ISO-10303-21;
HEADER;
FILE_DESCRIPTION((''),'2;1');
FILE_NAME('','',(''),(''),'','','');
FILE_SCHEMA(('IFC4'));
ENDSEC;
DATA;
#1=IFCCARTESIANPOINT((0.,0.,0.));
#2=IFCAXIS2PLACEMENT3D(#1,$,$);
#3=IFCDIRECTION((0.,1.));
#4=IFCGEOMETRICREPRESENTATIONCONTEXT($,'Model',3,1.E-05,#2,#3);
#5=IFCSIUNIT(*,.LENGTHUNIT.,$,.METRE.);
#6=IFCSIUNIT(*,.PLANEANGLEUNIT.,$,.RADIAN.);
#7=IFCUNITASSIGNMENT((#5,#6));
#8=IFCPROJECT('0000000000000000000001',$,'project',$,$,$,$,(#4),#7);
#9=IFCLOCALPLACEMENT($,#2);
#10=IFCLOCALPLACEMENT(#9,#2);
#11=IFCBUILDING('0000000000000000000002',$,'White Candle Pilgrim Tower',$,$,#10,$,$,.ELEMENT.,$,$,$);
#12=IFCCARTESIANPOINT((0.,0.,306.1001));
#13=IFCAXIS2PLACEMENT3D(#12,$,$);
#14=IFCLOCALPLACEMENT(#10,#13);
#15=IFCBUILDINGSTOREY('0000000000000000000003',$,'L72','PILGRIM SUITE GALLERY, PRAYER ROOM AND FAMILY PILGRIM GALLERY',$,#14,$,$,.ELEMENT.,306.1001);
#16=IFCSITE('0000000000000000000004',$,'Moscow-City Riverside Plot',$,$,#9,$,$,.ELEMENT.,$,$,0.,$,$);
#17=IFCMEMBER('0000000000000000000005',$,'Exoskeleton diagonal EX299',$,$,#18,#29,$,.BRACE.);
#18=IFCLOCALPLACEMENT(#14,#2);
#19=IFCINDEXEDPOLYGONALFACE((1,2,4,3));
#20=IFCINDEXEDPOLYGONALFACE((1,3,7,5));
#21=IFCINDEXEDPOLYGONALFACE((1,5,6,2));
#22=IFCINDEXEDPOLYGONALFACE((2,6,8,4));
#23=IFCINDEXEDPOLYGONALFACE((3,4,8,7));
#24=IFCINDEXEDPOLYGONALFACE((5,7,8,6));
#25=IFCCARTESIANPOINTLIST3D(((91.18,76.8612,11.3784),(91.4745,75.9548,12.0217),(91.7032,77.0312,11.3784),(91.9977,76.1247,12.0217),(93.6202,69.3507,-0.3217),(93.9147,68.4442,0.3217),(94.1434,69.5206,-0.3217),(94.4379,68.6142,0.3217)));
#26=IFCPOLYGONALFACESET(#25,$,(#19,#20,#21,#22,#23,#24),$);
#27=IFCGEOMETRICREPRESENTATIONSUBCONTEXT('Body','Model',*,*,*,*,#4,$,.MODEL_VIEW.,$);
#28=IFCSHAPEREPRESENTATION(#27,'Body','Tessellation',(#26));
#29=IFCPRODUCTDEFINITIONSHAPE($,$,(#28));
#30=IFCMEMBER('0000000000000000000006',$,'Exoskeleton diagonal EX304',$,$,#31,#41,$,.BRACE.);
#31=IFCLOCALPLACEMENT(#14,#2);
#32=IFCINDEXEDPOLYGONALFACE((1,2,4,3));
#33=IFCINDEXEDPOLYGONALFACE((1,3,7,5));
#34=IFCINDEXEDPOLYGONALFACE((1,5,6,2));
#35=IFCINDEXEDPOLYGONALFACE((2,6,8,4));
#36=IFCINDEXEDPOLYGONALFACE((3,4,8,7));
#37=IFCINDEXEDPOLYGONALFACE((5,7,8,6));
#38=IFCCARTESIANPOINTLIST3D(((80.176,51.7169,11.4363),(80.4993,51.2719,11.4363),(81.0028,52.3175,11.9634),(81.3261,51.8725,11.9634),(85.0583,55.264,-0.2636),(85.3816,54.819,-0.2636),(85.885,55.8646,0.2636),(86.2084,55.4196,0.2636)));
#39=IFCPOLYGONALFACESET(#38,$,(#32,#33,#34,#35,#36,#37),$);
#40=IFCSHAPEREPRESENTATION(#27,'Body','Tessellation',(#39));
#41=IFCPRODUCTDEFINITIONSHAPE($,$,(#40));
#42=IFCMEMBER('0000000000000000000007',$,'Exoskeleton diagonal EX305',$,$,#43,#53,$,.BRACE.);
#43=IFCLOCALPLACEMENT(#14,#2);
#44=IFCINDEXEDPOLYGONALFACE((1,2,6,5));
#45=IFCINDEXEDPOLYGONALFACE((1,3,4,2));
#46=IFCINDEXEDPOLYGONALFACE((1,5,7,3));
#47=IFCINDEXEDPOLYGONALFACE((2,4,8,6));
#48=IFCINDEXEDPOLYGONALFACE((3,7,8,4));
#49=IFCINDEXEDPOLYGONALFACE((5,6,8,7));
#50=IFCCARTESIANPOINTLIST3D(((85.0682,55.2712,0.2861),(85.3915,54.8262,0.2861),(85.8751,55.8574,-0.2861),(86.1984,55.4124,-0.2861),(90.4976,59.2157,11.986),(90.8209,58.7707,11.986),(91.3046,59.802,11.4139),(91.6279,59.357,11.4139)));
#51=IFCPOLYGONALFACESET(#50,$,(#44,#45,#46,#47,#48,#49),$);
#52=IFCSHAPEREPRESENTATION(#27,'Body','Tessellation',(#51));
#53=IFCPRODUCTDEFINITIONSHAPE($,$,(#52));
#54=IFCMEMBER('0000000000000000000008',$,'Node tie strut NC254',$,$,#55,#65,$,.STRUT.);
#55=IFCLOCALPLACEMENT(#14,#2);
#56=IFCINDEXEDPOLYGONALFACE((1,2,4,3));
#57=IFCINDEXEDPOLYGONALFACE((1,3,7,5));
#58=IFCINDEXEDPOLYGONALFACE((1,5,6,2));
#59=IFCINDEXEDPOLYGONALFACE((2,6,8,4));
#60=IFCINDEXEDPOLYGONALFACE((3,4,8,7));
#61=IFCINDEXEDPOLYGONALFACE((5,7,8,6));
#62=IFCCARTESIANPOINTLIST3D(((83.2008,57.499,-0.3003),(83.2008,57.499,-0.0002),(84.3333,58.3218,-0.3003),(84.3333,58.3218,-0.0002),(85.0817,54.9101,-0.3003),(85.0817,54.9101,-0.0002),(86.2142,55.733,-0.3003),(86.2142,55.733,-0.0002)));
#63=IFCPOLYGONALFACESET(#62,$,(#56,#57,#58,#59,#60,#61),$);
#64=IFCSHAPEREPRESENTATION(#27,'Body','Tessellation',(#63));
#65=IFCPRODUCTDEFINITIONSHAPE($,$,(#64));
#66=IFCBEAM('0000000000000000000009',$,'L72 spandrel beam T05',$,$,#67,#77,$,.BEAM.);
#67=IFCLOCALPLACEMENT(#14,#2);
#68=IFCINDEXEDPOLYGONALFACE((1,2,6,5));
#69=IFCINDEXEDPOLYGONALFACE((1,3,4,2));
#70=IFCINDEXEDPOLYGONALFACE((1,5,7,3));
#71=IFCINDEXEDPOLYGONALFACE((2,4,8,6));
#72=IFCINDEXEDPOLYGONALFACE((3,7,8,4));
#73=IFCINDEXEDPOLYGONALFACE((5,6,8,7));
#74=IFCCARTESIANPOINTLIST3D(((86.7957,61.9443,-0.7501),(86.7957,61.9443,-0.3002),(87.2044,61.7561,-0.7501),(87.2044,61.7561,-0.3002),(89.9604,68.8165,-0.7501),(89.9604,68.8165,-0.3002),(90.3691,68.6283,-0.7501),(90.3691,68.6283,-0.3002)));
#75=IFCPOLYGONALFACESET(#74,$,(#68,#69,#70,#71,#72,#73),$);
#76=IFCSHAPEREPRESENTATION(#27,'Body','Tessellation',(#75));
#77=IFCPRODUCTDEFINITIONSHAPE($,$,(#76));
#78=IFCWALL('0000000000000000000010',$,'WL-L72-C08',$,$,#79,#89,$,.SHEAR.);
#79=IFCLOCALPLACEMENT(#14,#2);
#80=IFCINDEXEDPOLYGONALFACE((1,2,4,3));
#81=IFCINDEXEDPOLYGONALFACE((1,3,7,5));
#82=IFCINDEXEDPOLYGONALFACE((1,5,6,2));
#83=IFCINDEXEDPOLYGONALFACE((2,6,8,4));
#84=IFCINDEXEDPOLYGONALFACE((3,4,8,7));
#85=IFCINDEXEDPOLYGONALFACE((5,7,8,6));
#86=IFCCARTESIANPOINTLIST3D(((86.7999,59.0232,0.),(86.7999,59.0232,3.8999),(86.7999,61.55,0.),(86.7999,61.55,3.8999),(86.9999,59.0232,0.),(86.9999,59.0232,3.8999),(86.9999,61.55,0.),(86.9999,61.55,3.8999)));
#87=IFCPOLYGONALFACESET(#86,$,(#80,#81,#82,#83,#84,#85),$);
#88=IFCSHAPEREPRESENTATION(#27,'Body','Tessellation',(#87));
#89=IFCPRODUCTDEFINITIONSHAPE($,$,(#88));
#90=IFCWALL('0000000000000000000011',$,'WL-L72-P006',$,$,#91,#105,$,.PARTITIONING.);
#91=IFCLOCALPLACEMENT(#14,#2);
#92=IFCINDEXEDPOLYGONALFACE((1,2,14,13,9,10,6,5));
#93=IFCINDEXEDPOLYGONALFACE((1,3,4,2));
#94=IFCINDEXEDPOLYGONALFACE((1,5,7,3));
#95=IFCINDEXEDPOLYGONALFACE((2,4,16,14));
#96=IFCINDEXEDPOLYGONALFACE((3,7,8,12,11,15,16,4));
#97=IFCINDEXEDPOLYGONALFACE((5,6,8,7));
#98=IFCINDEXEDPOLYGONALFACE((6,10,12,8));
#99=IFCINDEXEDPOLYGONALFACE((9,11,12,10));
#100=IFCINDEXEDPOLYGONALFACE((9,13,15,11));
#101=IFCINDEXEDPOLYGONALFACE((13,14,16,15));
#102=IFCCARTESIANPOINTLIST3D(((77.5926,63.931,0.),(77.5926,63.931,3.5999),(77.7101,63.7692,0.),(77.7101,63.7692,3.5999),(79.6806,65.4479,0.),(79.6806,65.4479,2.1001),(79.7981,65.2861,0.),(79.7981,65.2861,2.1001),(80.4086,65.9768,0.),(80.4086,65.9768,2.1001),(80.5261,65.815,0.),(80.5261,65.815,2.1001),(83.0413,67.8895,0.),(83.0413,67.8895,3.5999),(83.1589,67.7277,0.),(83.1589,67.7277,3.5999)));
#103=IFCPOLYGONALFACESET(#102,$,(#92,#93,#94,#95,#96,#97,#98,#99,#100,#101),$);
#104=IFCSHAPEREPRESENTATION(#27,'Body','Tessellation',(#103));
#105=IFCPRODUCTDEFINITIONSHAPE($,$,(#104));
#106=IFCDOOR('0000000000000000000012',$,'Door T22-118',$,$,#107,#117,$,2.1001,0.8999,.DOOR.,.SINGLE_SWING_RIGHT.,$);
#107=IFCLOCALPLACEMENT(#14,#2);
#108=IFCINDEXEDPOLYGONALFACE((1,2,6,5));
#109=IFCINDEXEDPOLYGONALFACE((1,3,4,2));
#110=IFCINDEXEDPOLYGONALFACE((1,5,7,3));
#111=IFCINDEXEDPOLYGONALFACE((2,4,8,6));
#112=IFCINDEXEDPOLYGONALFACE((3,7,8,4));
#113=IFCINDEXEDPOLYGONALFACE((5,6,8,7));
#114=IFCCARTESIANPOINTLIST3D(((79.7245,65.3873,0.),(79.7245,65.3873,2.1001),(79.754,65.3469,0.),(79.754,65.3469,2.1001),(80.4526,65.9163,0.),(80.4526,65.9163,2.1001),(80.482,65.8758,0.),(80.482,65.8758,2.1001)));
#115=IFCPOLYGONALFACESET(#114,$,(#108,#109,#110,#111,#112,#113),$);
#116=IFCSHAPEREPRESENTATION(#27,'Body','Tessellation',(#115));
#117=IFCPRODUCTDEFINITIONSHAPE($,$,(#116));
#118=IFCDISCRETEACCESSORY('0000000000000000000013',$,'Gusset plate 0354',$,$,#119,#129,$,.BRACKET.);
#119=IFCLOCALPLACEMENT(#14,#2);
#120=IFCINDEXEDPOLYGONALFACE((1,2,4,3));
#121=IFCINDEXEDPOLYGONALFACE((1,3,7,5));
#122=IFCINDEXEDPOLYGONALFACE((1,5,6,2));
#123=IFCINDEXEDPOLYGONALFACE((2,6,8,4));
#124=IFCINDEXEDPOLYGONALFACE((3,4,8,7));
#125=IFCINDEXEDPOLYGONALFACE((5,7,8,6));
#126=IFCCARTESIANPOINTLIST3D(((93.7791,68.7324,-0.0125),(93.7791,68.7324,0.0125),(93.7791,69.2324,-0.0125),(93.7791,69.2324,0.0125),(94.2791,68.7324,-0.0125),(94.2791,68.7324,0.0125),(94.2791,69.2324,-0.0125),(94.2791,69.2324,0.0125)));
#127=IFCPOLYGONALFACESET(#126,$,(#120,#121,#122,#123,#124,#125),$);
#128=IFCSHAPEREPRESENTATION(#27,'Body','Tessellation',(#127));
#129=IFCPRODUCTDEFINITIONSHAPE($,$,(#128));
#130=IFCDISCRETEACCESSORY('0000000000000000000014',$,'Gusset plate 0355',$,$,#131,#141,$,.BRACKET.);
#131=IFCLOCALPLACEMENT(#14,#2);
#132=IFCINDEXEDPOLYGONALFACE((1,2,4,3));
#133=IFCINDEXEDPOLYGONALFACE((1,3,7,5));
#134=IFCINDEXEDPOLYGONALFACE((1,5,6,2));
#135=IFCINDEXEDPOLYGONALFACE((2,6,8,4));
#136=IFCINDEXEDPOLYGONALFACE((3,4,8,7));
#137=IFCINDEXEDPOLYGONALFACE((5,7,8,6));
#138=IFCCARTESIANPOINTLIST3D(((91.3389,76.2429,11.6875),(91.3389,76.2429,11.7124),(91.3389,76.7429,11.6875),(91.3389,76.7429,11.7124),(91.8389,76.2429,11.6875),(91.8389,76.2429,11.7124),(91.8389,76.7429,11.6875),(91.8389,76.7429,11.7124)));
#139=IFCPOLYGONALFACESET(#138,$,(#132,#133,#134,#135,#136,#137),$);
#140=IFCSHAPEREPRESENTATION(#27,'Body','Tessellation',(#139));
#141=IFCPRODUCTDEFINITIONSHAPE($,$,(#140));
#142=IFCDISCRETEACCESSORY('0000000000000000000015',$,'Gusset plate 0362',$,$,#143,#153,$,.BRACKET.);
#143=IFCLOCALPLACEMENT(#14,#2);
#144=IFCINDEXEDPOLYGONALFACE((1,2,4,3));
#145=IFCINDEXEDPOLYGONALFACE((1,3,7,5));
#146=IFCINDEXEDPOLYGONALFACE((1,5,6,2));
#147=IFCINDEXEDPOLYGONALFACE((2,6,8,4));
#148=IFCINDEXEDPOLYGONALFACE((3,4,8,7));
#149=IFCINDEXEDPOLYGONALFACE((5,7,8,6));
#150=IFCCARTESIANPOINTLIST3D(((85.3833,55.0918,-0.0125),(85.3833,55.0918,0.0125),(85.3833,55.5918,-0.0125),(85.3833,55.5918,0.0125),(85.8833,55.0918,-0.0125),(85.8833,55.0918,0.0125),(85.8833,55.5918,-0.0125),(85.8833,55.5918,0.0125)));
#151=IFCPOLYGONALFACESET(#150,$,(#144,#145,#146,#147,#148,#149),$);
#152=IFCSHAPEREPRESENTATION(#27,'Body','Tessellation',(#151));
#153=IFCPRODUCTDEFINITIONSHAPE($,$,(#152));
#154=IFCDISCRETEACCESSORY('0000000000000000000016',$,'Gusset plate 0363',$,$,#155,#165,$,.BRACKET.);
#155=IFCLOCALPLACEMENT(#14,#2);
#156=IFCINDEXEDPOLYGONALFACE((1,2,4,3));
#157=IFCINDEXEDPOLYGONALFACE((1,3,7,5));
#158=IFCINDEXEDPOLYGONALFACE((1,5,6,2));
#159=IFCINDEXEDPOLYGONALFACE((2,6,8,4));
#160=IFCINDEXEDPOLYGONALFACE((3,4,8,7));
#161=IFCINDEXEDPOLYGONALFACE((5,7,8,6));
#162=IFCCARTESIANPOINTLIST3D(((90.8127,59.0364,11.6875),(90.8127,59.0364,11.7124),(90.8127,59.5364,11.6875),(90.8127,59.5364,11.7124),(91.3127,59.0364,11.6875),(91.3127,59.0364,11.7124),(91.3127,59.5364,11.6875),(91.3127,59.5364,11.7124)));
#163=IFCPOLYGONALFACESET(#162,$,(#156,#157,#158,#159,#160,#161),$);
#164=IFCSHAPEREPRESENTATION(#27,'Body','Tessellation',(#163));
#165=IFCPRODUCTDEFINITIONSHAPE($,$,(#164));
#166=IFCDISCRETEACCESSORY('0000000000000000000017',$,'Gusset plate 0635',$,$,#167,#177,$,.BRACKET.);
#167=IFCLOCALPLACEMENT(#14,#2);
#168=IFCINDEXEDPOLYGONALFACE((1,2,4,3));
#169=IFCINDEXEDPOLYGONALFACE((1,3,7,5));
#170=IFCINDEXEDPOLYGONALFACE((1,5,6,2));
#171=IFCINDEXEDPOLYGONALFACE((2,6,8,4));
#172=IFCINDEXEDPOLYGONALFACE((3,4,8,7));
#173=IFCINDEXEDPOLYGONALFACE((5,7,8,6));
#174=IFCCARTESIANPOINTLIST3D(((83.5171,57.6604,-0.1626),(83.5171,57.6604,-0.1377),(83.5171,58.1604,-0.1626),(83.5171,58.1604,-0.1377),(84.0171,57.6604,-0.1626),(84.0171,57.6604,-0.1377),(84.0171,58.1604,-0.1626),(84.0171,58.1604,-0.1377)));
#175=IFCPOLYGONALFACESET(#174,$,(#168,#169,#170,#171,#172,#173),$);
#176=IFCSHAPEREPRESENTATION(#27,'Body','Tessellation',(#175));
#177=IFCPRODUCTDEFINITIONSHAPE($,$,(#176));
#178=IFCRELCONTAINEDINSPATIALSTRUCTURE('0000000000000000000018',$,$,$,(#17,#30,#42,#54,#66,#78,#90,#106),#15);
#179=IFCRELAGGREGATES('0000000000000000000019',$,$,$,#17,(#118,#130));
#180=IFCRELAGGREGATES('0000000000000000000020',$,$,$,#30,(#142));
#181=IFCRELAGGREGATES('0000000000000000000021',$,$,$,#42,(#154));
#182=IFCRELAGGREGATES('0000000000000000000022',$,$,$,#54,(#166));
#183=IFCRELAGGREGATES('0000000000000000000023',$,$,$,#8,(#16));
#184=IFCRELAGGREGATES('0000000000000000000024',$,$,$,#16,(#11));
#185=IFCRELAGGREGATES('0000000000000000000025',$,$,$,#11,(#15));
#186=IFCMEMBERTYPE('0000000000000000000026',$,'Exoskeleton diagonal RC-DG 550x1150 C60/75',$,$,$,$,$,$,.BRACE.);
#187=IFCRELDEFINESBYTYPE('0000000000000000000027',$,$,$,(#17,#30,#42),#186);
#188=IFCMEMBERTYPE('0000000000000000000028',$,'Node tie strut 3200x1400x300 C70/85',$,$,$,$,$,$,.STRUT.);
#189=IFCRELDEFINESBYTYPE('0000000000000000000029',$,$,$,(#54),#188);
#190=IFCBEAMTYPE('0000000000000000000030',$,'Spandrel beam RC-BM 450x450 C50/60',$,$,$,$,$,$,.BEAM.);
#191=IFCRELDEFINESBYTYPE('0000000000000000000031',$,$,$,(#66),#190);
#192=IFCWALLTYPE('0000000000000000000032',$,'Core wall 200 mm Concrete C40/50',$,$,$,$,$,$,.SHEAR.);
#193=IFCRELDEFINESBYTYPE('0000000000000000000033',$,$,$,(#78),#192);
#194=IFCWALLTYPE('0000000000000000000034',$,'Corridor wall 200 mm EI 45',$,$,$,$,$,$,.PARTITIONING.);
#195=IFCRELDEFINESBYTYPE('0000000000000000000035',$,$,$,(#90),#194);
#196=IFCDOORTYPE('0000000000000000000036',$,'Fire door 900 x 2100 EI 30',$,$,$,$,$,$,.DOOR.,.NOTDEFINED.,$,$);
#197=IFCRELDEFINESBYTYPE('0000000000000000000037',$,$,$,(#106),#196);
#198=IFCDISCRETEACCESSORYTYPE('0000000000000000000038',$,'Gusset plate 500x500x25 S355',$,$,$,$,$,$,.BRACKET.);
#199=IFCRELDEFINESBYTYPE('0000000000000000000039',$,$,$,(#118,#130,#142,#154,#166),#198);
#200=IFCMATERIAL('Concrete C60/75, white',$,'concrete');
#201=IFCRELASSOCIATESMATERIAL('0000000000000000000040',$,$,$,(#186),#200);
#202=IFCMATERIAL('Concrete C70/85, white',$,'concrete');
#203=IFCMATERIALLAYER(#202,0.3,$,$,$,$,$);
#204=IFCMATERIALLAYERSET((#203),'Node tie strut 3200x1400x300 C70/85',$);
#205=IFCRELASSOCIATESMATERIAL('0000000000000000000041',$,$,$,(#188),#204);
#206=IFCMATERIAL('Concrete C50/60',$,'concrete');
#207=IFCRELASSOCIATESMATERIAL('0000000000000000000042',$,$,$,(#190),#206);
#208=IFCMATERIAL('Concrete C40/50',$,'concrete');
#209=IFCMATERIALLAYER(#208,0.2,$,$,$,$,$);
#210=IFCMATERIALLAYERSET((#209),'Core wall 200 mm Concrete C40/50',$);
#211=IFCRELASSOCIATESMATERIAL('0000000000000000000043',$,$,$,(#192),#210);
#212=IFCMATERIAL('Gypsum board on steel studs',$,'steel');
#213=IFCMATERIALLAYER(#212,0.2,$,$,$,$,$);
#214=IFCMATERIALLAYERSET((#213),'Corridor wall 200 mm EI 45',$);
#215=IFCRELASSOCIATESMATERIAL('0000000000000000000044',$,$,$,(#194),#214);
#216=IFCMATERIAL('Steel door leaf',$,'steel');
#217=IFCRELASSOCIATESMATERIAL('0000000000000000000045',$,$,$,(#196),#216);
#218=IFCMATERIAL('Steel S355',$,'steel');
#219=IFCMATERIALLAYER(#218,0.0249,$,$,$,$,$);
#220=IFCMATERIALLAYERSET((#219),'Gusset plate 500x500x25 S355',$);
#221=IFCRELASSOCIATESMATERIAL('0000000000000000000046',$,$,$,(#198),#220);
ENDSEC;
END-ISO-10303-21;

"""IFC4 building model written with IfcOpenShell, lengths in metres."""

from ifc_helpers import new_model, si_unit, direction, frame, frame_2d, origin, origin_2d, place, context, subcontext, project, spatial, rectangle, extrude, material, layer, layer_set, material_profile, profile_set, type_object, element, fill, aggregate, save


model = new_model("IFC4")

# Units and contexts
model_context = context("Model", 3, precision=1e-05, world=origin(), true_north=direction((0.0, 1.0)))
body_context = subcontext(model_context, "Body", "Model", "MODEL_VIEW")
ifc_project = project(units=[si_unit("LENGTHUNIT", "METRE"), si_unit("PLANEANGLEUNIT", "RADIAN")], contexts=[model_context])

# Site, building, storey
site_placement = place(None, origin())
site = spatial("IfcSite", under=ifc_project, at=site_placement, Name="Moscow-City Riverside Plot", CompositionType="ELEMENT", RefElevation=0.0)
building_placement = place(site_placement, origin())
building = spatial("IfcBuilding", under=site, at=building_placement, Name="White Candle Pilgrim Tower", CompositionType="ELEMENT")
storey_placement = place(building_placement, frame((0.0, 0.0, 306.1001)))
storey = spatial("IfcBuildingStorey", under=building, at=storey_placement, Name="L72", Description="PILGRIM SUITE GALLERY, PRAYER ROOM AND FAMILY PILGRIM GALLERY", CompositionType="ELEMENT", Elevation=306.1001)

# Members
ifc_material_1 = material(Name="Concrete C60/75, white", Category="concrete")
ifc_material_profile_1 = material_profile(ifc_material_1, rectangle(XDim=0.55, YDim=1.1499, at=origin_2d()), Name="RC-DG 550x1150")
ifc_profile_set_1 = profile_set([ifc_material_profile_1], Name="Concrete C60/75, white")
member_type_1 = type_object("IfcMemberType", Name="Exoskeleton diagonal RC-DG 550x1150 C60/75", PredefinedType="BRACE", material=ifc_profile_set_1)
member_1_placement = place(storey_placement, frame((94.0291, 68.9824, 0.0), z_axis=(-0.172871, 0.53207, 0.828865), x_axis=(-0.951061, -0.309003, 0.0)))
member_1 = element("IfcMember", 1, at=member_1_placement, inside=storey, type_object=member_type_1, Name="Exoskeleton diagonal EX299", PredefinedType="BRACE", context=body_context, shape_type="SweptSolid", body=[
    extrude(rectangle(XDim=0.55, YDim=1.1499, at=origin_2d()), origin(), (0.0, 0.0, 1.0), 14.1157),
])
member_2_placement = place(storey_placement, frame((85.6333, 55.3418, 0.0), z_axis=(-0.370866, -0.269443, 0.88874), x_axis=(0.587775, -0.809025, 0.0)))
member_2 = element("IfcMember", 2, at=member_2_placement, inside=storey, type_object=member_type_1, Name="Exoskeleton diagonal EX304", PredefinedType="BRACE", context=body_context, shape_type="SweptSolid", body=[
    extrude(rectangle(XDim=0.55, YDim=1.1499, at=origin_2d()), origin(), (0.0, 0.0, 1.0), 13.1646),
])
member_3_placement = place(storey_placement, frame((85.6333, 55.3418, 0.0), z_axis=(0.402537, 0.29245, 0.867431), x_axis=(-0.587771, 0.809027, 0.0)))
member_3 = element("IfcMember", 3, at=member_3_placement, inside=storey, type_object=member_type_1, Name="Exoskeleton diagonal EX305", PredefinedType="BRACE", context=body_context, shape_type="SweptSolid", body=[
    extrude(rectangle(XDim=0.55, YDim=1.1499, at=origin_2d()), origin(), (0.0, 0.0, 1.0), 13.488),
])
ifc_material_2 = material(Name="Concrete C70/85, white", Category="concrete")
ifc_layer_1 = layer(ifc_material_2, 0.3)
ifc_layer_set_1 = layer_set([ifc_layer_1], Name="Node tie strut 3200x1400x300 C70/85")
member_type_2 = type_object("IfcMemberType", Name="Node tie strut 3200x1400x300 C70/85", PredefinedType="STRUT", material=ifc_layer_set_1)
member_4_placement = place(storey_placement, frame((84.7075, 56.616, -0.3003), z_axis=(0.0, 0.0, 1.0), x_axis=(0.809017, 0.587785, 0.0)))
member_4 = element("IfcMember", 4, at=member_4_placement, inside=storey, type_object=member_type_2, Name="Node tie strut NC254", PredefinedType="STRUT", context=body_context, shape_type="SweptSolid", body=[
    extrude(rectangle(XDim=1.3999, YDim=3.2, at=origin_2d()), origin(), (0.0, 0.0, 1.0), 0.3),
])

# Beam
ifc_material_3 = material(Name="Concrete C50/60", Category="concrete")
ifc_material_profile_2 = material_profile(ifc_material_3, rectangle(XDim=0.45, YDim=0.45, at=origin_2d()), Name="RC-BM 450x450")
ifc_profile_set_2 = profile_set([ifc_material_profile_2], Name="Concrete C50/60")
beam_type = type_object("IfcBeamType", Name="Spandrel beam RC-BM 450x450 C50/60", PredefinedType="BEAM", material=ifc_profile_set_2)
beam_placement = place(storey_placement, frame((90.1648, 68.7224, -0.5251), z_axis=(-0.418291, -0.908313, 0.0), x_axis=(0.908313, -0.418291, 0.0)))
element("IfcBeam", 5, at=beam_placement, inside=storey, type_object=beam_type, Name="L72 spandrel beam T05", PredefinedType="BEAM", context=body_context, shape_type="SweptSolid", body=[
    extrude(rectangle(XDim=0.45, YDim=0.45, at=origin_2d()), origin(), (0.0, 0.0, 1.0), 7.5659),
])

# Wall
ifc_material_4 = material(Name="Concrete C40/50", Category="concrete")
ifc_layer_2 = layer(ifc_material_4, 0.2)
ifc_layer_set_2 = layer_set([ifc_layer_2], Name="Core wall 200 mm Concrete C40/50")
wall_type_1 = type_object("IfcWallType", Name="Core wall 200 mm Concrete C40/50", PredefinedType="SHEAR", material=ifc_layer_set_2)
wall_1_placement = place(storey_placement, frame((86.8999, 59.0232, 0.0), z_axis=(0.0, 0.0, 1.0), x_axis=(0.0, 1.0, 0.0)))
element("IfcWall", 6, at=wall_1_placement, inside=storey, type_object=wall_type_1, Name="WL-L72-C08", PredefinedType="SHEAR", context=body_context, shape_type="SweptSolid", body=[
    extrude(rectangle(XDim=2.5269, YDim=0.2, at=frame_2d((1.2634, 0.0))), origin(), (0.0, 0.0, 1.0), 3.8999),
])

# Wall, opening, door
ifc_material_5 = material(Name="Gypsum board on steel studs", Category="steel")
ifc_layer_3 = layer(ifc_material_5, 0.2)
ifc_layer_set_3 = layer_set([ifc_layer_3], Name="Corridor wall 200 mm EI 45")
wall_type_2 = type_object("IfcWallType", Name="Corridor wall 200 mm EI 45", PredefinedType="PARTITIONING", material=ifc_layer_set_3)
wall_2_placement = place(storey_placement, frame((83.1001, 67.8086, 0.0), z_axis=(0.0, 0.0, 1.0), x_axis=(-0.809034, -0.587762, 0.0)))
wall_2 = element("IfcWall", 7, at=wall_2_placement, inside=storey, type_object=wall_type_2, Name="WL-L72-P006", PredefinedType="PARTITIONING", context=body_context, shape_type="SweptSolid", body=[
    extrude(rectangle(XDim=6.7349, YDim=0.2, at=frame_2d((3.3674, 0.0))), origin(), (0.0, 0.0, 1.0), 3.5999),
])
opening_1_placement = place(wall_2_placement, frame((3.2542, 0.0, 0.0)))
opening_1 = element("IfcOpeningElement", 8, at=opening_1_placement, cuts=wall_2, PredefinedType="OPENING", context=body_context, shape_type="SweptSolid", body=[
    extrude(rectangle(XDim=0.8999, YDim=2.1001, at=frame_2d((0.45, 1.05))), frame((0.0, 0.1099, 0.0), z_axis=(0.0, -1.0, 0.0), x_axis=(1.0, 0.0, 0.0)), (0.0, 0.0, 1.0), 0.22),
])
ifc_material_6 = material(Name="Steel door leaf", Category="steel")
door_type_1 = type_object("IfcDoorType", Name="Fire door 900 x 2100 EI 30", OperationType="NOTDEFINED", PredefinedType="DOOR", material=ifc_material_6)
door_1_placement = place(opening_1_placement, origin())
door_1 = element("IfcDoor", 9, at=door_1_placement, inside=storey, type_object=door_type_1, Name="Door T22-118", OperationType="SINGLE_SWING_RIGHT", OverallHeight=2.1001, OverallWidth=0.8999, PredefinedType="DOOR", context=body_context, shape_type="SweptSolid", body=[
    extrude(rectangle(XDim=0.8999, YDim=2.1001, at=frame_2d((0.45, 1.05))), frame((0.0, 0.0249, 0.0), z_axis=(0.0, -1.0, 0.0), x_axis=(1.0, 0.0, 0.0)), (0.0, 0.0, 1.0), 0.05),
])
fill(opening_1, door_1)

# Discrete accessories
ifc_material_7 = material(Name="Steel S355", Category="steel")
ifc_layer_4 = layer(ifc_material_7, 0.0249)
ifc_layer_set_4 = layer_set([ifc_layer_4], Name="Gusset plate 500x500x25 S355")
discrete_accessory_type = type_object("IfcDiscreteAccessoryType", Name="Gusset plate 500x500x25 S355", PredefinedType="BRACKET", material=ifc_layer_set_4)
discrete_accessory_1_placement = place(storey_placement, frame((94.0291, 68.9824, -0.0125), z_axis=(0.0, 0.0, 1.0), x_axis=(1.0, 0.0, 0.0)))
discrete_accessory_1 = element("IfcDiscreteAccessory", 10, at=discrete_accessory_1_placement, type_object=discrete_accessory_type, Name="Gusset plate 0354", PredefinedType="BRACKET", context=body_context, shape_type="SweptSolid", body=[
    extrude(rectangle(XDim=0.5, YDim=0.5, at=origin_2d()), origin(), (0.0, 0.0, 1.0), 0.0249),
])
placement = place(building_placement, frame((0.0, 0.0, 317.8)))
discrete_accessory_2_placement = place(placement, frame((91.5889, 76.4929, -0.0125), z_axis=(0.0, 0.0, 1.0), x_axis=(1.0, 0.0, 0.0)))
discrete_accessory_2 = element("IfcDiscreteAccessory", 11, at=discrete_accessory_2_placement, type_object=discrete_accessory_type, Name="Gusset plate 0355", PredefinedType="BRACKET", context=body_context, shape_type="SweptSolid", body=[
    extrude(rectangle(XDim=0.5, YDim=0.5, at=origin_2d()), origin(), (0.0, 0.0, 1.0), 0.0249),
])
aggregate(member_1, [discrete_accessory_1, discrete_accessory_2])
discrete_accessory_3_placement = place(storey_placement, frame((85.6333, 55.3418, -0.0125), z_axis=(0.0, 0.0, 1.0), x_axis=(1.0, 0.0, 0.0)))
discrete_accessory_3 = element("IfcDiscreteAccessory", 12, at=discrete_accessory_3_placement, type_object=discrete_accessory_type, Name="Gusset plate 0362", PredefinedType="BRACKET", context=body_context, shape_type="SweptSolid", body=[
    extrude(rectangle(XDim=0.5, YDim=0.5, at=origin_2d()), origin(), (0.0, 0.0, 1.0), 0.0249),
])
aggregate(member_2, [discrete_accessory_3])
discrete_accessory_4_placement = place(placement, frame((91.0627, 59.2864, -0.0125), z_axis=(0.0, 0.0, 1.0), x_axis=(1.0, 0.0, 0.0)))
discrete_accessory_4 = element("IfcDiscreteAccessory", 13, at=discrete_accessory_4_placement, type_object=discrete_accessory_type, Name="Gusset plate 0363", PredefinedType="BRACKET", context=body_context, shape_type="SweptSolid", body=[
    extrude(rectangle(XDim=0.5, YDim=0.5, at=origin_2d()), origin(), (0.0, 0.0, 1.0), 0.0249),
])
aggregate(member_3, [discrete_accessory_4])
discrete_accessory_5_placement = place(storey_placement, frame((83.7671, 57.9104, -0.1626), z_axis=(0.0, 0.0, 1.0), x_axis=(1.0, 0.0, 0.0)))
discrete_accessory_5 = element("IfcDiscreteAccessory", 14, at=discrete_accessory_5_placement, type_object=discrete_accessory_type, Name="Gusset plate 0635", PredefinedType="BRACKET", context=body_context, shape_type="SweptSolid", body=[
    extrude(rectangle(XDim=0.5, YDim=0.5, at=origin_2d()), origin(), (0.0, 0.0, 1.0), 0.0249),
])
aggregate(member_4, [discrete_accessory_5])

save(model, "model.ifc")
